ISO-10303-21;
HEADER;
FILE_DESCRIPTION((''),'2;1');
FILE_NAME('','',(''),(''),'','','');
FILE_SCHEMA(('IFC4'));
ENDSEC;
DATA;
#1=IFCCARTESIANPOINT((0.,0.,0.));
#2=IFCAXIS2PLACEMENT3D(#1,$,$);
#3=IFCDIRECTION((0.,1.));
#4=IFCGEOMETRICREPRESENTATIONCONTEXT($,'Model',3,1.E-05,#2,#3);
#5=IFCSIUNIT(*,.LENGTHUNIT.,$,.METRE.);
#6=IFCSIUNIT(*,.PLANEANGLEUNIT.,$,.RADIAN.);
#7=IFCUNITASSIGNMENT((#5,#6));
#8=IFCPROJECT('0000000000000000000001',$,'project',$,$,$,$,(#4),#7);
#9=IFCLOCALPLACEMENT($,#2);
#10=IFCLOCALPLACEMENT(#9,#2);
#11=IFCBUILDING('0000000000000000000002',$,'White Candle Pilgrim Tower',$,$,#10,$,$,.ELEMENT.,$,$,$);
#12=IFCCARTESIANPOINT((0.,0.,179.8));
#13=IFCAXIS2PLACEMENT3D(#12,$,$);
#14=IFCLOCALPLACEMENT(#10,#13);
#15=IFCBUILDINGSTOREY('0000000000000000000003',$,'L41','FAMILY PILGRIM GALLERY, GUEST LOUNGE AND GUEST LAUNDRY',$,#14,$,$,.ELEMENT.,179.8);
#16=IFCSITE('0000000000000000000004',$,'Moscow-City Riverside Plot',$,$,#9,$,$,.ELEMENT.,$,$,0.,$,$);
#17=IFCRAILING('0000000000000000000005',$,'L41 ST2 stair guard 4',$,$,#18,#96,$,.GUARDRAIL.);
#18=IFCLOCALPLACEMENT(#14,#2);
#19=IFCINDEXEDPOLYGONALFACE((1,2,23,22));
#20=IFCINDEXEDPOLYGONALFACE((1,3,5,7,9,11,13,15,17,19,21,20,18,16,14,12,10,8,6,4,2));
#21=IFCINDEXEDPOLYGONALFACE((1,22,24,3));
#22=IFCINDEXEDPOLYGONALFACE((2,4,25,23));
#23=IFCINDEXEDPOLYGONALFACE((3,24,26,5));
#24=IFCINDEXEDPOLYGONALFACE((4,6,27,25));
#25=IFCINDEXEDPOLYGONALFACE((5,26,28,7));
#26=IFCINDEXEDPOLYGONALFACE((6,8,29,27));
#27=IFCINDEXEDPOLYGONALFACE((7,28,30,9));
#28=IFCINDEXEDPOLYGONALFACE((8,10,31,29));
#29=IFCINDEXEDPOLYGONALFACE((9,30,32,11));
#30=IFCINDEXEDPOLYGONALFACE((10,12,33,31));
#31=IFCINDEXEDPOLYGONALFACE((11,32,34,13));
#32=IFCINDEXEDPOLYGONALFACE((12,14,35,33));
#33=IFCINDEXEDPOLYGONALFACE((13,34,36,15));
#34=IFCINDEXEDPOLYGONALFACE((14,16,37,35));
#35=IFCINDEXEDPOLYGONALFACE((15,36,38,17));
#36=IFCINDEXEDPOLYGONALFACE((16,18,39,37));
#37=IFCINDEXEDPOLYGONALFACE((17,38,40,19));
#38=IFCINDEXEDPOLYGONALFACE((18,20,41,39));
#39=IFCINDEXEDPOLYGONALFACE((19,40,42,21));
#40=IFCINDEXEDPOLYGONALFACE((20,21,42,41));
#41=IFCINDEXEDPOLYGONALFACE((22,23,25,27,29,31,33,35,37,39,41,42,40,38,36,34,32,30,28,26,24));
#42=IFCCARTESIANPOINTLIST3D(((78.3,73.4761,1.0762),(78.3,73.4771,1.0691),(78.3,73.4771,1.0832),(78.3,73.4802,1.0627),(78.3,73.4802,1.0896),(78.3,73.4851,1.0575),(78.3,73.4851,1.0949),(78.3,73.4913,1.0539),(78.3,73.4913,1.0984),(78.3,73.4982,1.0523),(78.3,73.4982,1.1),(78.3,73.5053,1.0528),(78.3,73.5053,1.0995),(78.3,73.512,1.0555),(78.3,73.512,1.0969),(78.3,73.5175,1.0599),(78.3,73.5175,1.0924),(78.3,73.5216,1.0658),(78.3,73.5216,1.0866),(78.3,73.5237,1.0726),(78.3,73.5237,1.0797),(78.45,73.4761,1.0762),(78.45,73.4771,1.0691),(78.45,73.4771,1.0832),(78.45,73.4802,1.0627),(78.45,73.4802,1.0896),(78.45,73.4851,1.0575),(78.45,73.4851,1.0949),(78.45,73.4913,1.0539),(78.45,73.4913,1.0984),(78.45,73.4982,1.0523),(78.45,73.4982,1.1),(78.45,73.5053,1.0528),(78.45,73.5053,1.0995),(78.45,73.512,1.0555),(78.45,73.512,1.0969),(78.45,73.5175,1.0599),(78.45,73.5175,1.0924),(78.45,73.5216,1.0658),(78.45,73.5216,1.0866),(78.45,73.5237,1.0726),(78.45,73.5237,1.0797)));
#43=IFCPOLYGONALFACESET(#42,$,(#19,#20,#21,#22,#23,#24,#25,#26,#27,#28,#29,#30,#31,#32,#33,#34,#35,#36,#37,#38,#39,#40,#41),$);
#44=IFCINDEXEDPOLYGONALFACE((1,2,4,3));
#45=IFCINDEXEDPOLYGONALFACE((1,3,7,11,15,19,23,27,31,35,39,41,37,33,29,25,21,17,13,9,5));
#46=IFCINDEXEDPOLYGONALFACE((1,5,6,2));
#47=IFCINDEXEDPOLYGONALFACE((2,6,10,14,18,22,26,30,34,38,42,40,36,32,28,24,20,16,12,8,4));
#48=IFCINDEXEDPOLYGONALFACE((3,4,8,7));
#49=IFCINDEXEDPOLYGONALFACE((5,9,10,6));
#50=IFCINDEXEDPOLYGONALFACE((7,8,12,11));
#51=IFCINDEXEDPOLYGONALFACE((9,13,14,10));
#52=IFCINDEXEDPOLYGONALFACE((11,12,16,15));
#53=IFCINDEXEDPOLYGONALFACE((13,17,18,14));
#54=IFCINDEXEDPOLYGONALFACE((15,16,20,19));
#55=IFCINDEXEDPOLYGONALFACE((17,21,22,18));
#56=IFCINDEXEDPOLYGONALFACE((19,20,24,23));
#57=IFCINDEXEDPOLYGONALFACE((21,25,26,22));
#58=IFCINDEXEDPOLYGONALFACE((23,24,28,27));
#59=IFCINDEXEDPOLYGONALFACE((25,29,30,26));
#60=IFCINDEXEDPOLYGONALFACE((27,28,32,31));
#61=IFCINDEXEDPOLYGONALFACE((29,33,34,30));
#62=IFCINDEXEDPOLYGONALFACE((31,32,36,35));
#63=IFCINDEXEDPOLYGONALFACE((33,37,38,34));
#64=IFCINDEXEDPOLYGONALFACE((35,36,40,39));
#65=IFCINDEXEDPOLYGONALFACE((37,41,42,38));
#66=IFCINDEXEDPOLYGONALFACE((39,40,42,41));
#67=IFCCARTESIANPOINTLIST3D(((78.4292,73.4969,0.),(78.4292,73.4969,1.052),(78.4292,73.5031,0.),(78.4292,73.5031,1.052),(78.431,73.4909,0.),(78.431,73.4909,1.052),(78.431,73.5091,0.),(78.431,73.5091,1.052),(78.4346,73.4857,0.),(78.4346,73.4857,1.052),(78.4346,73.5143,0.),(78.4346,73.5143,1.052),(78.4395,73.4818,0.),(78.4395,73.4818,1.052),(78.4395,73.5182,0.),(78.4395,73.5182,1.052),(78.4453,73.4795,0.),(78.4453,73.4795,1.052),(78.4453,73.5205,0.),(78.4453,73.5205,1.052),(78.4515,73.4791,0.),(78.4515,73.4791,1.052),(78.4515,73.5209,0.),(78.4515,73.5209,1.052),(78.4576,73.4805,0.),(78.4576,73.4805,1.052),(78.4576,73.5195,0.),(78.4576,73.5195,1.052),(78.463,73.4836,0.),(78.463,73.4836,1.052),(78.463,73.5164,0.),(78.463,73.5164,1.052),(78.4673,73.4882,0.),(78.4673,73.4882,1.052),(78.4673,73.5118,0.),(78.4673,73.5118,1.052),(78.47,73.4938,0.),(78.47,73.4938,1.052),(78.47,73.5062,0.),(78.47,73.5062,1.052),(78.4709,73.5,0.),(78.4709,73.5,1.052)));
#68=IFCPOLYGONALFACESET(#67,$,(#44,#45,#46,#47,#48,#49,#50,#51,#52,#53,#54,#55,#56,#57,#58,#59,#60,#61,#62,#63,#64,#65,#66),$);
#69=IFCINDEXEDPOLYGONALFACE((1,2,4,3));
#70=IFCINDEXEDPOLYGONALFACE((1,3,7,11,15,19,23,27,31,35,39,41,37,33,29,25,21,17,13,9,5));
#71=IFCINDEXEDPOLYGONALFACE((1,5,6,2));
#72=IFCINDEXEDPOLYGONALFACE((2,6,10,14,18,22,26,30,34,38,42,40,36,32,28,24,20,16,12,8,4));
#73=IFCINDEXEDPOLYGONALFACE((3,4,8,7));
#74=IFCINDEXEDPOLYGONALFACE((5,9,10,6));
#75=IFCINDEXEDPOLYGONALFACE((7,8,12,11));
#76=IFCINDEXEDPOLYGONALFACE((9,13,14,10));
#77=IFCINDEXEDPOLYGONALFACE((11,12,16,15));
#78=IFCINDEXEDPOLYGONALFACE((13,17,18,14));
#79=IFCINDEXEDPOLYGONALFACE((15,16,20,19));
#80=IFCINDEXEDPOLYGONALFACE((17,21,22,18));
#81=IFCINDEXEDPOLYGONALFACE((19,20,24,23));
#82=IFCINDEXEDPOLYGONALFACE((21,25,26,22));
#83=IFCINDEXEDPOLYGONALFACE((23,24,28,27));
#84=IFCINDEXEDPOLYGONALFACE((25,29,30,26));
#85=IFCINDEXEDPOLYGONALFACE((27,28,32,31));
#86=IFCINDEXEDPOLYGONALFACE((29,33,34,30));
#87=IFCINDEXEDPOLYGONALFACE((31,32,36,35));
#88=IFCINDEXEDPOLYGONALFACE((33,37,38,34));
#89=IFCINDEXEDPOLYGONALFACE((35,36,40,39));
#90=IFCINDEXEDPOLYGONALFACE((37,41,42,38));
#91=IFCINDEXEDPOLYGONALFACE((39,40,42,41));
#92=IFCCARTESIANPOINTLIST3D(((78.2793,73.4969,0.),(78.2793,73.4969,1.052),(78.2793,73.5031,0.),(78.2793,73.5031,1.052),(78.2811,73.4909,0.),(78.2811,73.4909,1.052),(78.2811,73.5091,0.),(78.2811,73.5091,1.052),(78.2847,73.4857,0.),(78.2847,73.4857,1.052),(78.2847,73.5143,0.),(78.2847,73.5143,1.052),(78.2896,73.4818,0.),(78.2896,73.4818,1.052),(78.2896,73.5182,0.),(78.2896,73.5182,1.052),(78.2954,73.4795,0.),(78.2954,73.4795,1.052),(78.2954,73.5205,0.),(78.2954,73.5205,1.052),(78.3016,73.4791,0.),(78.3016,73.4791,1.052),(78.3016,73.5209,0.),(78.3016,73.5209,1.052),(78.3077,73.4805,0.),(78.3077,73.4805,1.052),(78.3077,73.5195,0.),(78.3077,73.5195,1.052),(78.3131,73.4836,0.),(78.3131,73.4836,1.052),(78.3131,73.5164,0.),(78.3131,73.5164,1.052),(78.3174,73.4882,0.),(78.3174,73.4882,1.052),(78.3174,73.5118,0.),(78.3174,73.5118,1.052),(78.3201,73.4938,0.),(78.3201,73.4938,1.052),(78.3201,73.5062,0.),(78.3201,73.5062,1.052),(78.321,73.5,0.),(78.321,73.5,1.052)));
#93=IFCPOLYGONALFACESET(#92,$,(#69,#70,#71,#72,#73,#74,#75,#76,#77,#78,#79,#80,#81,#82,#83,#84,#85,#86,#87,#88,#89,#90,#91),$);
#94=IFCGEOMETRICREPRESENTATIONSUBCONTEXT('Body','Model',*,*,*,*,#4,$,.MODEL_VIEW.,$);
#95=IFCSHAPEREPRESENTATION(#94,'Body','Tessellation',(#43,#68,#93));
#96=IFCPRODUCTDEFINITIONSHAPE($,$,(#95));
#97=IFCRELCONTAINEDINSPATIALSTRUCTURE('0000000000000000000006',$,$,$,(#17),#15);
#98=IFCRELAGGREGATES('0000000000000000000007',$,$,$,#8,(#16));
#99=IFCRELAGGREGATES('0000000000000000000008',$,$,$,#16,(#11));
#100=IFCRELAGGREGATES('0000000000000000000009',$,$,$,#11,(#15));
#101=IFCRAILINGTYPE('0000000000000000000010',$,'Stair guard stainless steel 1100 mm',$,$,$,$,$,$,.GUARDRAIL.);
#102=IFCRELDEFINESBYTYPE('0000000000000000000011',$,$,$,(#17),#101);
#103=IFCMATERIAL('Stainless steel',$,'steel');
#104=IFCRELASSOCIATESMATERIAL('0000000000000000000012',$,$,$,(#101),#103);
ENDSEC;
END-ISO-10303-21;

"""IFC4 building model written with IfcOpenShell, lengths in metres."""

from ifc_helpers import new_model, si_unit, direction, frame, origin, origin_2d, place, context, subcontext, project, spatial, circle, extrude, material, type_object, element, save


model = new_model("IFC4")

# Units and contexts
model_context = context("Model", 3, precision=1e-05, world=origin(), true_north=direction((0.0, 1.0)))
body_context = subcontext(model_context, "Body", "Model", "MODEL_VIEW")
ifc_project = project(units=[si_unit("LENGTHUNIT", "METRE"), si_unit("PLANEANGLEUNIT", "RADIAN")], contexts=[model_context])

# Site, building, storey
site_placement = place(None, origin())
site = spatial("IfcSite", under=ifc_project, at=site_placement, Name="Moscow-City Riverside Plot", CompositionType="ELEMENT", RefElevation=0.0)
building_placement = place(site_placement, origin())
building = spatial("IfcBuilding", under=site, at=building_placement, Name="White Candle Pilgrim Tower", CompositionType="ELEMENT")
storey_placement = place(building_placement, frame((0.0, 0.0, 179.8)))
storey = spatial("IfcBuildingStorey", under=building, at=storey_placement, Name="L41", Description="FAMILY PILGRIM GALLERY, GUEST LOUNGE AND GUEST LAUNDRY", CompositionType="ELEMENT", Elevation=179.8)

# Railing
ifc_material_1 = material(Name="Stainless steel", Category="steel")
railing_type = type_object("IfcRailingType", Name="Stair guard stainless steel 1100 mm", PredefinedType="GUARDRAIL", material=ifc_material_1)
railing_1_placement = place(storey_placement, frame((78.45, 73.5, 0.0)))
element("IfcRailing", 1, at=railing_1_placement, inside=storey, type_object=railing_type, Name="L41 ST2 stair guard 4", PredefinedType="GUARDRAIL", context=body_context, shape_type="SweptSolid", body=[
    extrude(circle(Radius=0.0239, at=origin_2d()), frame((0.0, 0.0, 1.0762), z_axis=(-1.0, 0.0, 0.0), x_axis=(0.0, -1.0, 0.0)), (0.0, 0.0, 1.0), 0.1499),
    extrude(circle(Radius=0.021, at=origin_2d()), origin(), (0.0, 0.0, 1.0), 1.052),
    extrude(circle(Radius=0.021, at=origin_2d()), frame((-0.1499, 0.0, 0.0)), (0.0, 0.0, 1.0), 1.052),
])

save(model, "model.ifc")
